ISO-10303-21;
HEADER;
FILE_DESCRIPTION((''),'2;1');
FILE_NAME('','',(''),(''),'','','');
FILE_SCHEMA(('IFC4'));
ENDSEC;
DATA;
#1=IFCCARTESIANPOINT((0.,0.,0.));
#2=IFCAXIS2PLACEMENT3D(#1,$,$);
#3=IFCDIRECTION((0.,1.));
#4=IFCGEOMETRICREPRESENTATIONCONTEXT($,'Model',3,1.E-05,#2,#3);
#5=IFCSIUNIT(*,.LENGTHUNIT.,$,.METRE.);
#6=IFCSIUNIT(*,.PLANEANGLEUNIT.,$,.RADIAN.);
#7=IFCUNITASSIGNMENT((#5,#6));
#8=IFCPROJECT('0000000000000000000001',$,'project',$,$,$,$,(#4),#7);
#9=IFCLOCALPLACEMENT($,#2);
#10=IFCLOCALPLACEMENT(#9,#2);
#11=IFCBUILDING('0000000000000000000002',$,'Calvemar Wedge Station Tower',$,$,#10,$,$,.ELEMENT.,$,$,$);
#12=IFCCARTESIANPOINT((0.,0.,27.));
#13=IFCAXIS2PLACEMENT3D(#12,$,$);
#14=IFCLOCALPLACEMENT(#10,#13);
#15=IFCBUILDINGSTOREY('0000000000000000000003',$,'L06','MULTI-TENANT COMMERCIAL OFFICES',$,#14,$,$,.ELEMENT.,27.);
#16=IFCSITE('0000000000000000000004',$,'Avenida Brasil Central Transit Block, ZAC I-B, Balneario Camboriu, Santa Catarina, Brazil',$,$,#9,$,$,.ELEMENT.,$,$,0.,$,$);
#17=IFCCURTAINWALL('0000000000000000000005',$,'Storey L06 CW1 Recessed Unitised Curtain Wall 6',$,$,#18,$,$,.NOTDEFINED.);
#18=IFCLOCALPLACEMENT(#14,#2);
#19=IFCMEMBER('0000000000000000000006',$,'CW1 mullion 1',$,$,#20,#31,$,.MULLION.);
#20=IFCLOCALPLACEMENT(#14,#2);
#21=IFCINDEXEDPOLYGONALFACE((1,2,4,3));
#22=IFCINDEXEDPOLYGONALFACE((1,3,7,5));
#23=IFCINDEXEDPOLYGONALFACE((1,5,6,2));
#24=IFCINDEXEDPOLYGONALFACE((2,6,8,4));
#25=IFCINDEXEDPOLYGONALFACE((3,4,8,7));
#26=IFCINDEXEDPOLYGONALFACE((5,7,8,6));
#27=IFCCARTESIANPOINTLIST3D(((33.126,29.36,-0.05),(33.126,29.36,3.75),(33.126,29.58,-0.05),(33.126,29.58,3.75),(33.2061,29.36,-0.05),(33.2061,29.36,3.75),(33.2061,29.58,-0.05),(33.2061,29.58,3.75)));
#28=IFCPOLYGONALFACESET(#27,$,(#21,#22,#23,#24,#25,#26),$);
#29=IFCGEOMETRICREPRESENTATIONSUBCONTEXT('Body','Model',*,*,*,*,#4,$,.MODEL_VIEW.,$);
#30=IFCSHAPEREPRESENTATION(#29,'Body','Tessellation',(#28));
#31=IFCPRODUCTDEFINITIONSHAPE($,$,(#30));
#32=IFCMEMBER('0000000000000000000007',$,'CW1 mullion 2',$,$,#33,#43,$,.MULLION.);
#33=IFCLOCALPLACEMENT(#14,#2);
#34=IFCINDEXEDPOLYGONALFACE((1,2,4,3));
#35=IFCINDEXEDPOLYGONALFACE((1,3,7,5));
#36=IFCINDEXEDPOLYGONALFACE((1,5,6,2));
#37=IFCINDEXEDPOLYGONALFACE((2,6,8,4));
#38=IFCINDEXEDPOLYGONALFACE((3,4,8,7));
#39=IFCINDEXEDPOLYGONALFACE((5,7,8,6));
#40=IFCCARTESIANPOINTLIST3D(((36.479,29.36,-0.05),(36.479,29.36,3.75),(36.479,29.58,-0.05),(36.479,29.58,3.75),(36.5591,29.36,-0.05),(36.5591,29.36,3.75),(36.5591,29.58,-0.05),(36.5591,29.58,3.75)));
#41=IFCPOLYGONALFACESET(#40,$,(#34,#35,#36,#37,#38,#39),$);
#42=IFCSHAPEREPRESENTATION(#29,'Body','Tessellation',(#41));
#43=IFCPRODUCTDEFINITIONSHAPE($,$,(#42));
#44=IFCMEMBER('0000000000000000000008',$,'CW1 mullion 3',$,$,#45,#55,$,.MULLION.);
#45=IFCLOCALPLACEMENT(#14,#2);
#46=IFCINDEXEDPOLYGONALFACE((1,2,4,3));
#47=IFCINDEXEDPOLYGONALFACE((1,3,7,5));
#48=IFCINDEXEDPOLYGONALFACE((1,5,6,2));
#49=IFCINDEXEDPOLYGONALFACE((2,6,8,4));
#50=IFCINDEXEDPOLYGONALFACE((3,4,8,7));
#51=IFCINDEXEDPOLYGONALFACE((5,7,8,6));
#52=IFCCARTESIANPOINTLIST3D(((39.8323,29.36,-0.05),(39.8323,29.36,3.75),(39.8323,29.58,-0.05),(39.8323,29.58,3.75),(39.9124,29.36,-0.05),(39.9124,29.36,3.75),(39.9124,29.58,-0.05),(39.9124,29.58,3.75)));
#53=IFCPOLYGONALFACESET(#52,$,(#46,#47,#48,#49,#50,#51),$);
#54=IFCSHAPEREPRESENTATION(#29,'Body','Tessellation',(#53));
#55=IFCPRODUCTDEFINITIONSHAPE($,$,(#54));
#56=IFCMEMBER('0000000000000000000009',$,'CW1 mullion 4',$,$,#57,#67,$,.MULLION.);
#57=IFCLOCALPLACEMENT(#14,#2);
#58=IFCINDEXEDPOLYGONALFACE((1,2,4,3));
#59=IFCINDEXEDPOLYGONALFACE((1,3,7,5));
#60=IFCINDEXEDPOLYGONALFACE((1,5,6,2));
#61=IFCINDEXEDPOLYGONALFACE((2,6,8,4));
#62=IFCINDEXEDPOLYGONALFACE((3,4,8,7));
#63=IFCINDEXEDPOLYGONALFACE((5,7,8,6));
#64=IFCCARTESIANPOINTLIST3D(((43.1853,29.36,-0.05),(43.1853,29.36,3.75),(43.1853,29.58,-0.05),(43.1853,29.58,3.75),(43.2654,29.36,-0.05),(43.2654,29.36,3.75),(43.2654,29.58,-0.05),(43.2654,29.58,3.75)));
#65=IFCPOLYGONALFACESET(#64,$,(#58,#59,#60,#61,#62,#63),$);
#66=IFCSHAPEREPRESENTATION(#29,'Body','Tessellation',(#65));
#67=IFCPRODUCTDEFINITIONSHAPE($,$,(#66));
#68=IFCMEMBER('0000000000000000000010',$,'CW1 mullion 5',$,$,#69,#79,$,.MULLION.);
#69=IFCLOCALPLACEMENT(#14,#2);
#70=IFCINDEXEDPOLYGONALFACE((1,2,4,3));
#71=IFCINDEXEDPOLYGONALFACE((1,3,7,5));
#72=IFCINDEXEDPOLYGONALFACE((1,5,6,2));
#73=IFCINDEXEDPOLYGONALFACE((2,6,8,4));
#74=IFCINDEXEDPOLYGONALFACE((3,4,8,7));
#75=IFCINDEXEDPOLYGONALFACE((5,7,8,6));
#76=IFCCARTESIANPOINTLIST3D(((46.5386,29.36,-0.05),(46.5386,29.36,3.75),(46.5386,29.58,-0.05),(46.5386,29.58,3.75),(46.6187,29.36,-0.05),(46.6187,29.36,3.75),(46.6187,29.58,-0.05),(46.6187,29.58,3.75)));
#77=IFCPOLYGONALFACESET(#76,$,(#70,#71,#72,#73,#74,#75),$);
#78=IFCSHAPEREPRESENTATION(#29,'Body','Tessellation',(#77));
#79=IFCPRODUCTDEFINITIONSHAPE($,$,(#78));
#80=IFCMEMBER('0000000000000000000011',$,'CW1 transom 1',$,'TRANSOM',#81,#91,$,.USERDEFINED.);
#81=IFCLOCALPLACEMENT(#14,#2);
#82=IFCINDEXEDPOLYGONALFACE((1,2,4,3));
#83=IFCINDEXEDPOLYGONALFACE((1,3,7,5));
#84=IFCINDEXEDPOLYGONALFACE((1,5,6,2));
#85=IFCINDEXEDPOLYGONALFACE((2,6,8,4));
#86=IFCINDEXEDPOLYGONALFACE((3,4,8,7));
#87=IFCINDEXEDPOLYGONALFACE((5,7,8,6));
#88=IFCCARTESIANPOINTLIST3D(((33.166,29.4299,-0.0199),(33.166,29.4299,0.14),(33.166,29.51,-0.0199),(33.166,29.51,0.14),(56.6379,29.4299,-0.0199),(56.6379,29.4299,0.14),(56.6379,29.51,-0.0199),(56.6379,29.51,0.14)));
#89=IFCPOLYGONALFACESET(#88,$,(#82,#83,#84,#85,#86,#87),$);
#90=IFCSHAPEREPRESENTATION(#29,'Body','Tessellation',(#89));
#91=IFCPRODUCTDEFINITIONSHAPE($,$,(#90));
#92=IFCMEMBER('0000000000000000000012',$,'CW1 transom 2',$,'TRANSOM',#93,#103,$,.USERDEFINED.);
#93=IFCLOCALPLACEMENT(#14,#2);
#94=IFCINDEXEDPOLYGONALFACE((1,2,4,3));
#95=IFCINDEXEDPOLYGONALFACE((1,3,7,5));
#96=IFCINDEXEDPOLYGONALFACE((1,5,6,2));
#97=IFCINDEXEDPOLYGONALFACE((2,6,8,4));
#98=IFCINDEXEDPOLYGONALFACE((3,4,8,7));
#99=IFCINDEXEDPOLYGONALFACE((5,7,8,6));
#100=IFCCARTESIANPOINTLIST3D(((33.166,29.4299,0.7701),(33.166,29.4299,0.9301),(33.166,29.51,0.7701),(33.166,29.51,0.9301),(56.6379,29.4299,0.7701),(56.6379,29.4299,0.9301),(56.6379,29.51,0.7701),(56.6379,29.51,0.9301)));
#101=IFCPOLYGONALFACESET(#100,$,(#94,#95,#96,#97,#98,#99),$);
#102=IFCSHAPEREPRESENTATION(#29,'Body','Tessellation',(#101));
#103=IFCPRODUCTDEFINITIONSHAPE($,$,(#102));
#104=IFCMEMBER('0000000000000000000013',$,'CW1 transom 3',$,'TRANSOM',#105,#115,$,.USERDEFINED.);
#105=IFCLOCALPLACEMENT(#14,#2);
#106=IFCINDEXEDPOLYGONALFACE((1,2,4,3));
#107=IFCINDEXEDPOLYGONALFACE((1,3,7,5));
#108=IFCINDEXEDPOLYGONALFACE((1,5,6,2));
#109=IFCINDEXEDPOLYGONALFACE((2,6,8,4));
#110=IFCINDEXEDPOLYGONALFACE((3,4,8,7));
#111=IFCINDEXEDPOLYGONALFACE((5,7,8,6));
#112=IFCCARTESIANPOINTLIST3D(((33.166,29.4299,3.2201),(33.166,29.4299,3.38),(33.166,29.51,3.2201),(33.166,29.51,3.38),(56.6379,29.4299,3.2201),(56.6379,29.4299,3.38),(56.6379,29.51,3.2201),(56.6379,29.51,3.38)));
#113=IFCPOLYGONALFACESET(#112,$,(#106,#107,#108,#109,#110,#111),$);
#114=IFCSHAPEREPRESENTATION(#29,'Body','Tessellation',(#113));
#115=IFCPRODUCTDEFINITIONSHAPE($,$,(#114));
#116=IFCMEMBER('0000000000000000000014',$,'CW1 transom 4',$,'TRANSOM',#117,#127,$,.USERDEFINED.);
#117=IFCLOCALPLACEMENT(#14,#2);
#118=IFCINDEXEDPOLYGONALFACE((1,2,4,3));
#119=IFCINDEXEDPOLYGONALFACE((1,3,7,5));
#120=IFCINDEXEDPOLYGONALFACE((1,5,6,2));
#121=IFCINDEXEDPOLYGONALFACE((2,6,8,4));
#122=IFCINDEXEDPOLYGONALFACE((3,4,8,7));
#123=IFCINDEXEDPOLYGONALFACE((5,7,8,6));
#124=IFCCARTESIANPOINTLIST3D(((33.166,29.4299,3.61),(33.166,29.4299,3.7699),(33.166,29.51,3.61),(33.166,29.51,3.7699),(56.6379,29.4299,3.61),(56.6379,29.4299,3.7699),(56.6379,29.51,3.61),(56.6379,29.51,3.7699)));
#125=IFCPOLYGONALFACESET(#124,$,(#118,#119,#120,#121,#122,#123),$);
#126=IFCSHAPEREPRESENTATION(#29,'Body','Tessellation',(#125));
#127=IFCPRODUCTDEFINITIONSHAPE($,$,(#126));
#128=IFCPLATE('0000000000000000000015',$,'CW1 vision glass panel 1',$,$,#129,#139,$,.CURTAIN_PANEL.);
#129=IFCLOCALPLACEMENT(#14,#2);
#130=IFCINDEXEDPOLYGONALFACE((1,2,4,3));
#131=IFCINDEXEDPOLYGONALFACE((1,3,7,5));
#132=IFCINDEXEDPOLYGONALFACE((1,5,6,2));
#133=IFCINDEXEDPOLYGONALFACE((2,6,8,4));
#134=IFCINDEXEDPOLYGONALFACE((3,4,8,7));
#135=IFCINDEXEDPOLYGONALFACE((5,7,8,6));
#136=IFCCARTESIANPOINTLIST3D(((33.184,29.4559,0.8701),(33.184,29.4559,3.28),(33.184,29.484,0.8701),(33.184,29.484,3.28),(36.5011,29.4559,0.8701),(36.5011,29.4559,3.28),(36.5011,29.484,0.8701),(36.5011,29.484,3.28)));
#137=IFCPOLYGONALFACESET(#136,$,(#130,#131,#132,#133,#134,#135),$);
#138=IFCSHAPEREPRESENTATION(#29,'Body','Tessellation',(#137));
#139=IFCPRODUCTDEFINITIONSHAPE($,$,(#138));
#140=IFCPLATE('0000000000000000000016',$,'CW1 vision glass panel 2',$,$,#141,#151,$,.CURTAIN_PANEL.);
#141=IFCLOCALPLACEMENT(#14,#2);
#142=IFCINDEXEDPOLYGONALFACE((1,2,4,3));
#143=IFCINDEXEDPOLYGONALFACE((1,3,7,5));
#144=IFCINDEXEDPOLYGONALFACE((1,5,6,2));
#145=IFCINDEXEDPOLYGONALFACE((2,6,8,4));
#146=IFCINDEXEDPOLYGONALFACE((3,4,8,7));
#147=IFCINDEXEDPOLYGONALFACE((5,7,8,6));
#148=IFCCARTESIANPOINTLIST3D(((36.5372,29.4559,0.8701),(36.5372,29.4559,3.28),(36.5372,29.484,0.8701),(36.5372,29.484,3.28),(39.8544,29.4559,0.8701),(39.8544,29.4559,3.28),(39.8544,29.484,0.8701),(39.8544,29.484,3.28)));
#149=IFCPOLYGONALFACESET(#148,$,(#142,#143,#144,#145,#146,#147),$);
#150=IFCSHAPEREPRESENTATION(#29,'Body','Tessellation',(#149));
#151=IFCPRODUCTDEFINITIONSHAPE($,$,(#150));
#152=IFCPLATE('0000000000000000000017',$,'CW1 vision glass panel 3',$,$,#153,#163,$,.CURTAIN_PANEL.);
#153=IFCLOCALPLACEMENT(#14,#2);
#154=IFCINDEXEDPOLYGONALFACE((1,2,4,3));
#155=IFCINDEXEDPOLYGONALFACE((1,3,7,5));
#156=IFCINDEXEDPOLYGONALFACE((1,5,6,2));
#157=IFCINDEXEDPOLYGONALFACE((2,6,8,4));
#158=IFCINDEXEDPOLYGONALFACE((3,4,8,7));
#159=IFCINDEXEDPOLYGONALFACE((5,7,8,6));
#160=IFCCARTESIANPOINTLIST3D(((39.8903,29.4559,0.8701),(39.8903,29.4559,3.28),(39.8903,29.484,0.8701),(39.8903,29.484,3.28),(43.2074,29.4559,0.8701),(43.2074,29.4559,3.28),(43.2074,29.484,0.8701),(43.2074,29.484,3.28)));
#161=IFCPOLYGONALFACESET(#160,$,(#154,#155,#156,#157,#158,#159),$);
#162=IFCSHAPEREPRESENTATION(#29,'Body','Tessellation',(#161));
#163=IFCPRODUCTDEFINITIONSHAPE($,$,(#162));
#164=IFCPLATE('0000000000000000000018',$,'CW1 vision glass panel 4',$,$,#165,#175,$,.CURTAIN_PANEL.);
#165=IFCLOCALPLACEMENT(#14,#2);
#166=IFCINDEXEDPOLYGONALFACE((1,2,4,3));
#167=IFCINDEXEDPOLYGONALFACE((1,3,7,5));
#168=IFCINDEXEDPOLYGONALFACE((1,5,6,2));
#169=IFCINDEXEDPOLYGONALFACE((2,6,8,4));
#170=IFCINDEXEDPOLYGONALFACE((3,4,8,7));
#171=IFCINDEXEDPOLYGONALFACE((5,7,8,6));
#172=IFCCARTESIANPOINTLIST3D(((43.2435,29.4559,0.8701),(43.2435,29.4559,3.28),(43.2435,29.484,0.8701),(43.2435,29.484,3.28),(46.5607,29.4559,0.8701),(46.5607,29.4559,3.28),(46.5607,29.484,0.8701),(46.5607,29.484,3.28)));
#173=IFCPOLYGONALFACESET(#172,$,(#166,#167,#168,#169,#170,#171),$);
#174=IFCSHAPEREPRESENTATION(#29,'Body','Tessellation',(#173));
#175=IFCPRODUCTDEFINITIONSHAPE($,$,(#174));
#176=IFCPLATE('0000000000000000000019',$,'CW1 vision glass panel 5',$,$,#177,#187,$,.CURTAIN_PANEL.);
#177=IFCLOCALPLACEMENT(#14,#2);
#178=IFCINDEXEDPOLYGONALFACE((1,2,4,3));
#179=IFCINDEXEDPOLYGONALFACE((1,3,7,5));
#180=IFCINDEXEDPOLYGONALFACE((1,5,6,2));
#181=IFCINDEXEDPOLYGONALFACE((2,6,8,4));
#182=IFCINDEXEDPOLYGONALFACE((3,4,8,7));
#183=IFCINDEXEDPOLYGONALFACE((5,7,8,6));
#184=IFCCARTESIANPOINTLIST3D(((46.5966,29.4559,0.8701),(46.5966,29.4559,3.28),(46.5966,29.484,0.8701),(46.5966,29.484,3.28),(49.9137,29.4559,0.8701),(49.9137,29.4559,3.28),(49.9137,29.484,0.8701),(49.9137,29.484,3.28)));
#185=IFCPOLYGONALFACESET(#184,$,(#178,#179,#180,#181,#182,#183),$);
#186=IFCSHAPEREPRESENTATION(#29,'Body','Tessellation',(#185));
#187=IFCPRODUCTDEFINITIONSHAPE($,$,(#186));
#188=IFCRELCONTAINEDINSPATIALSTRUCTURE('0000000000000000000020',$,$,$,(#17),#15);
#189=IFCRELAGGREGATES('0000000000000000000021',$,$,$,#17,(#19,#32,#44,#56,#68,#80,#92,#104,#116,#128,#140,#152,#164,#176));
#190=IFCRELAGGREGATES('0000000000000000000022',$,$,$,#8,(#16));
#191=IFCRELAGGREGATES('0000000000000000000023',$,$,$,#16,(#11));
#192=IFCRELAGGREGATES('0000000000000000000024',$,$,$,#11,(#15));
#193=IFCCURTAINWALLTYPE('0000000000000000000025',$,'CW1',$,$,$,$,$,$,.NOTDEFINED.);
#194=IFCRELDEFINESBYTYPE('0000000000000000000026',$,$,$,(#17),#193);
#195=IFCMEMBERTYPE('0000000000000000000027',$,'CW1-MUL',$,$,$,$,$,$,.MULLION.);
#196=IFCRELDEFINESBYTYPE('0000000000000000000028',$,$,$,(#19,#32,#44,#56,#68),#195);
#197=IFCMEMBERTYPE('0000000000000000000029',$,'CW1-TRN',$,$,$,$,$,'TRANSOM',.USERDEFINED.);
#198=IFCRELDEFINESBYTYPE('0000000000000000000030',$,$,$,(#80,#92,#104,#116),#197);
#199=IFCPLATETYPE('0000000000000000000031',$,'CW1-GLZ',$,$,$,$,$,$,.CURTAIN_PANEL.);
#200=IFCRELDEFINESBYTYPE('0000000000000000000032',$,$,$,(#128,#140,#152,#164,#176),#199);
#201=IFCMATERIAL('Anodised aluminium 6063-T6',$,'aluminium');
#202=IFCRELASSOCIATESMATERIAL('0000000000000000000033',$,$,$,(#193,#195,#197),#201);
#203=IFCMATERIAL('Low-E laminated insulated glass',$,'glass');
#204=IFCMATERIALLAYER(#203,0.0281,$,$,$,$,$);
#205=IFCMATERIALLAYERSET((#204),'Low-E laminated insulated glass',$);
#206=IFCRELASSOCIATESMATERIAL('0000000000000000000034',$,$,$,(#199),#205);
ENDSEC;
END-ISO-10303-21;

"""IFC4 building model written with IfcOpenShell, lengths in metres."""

from ifc_helpers import new_model, si_unit, direction, frame, frame_2d, origin, origin_2d, place, context, subcontext, project, spatial, rectangle, extrude, source, transform, mapped, material, layer, layer_set, material_profile, profile_set, type_object, element, aggregate, save


model = new_model("IFC4")

# Units and contexts
model_context = context("Model", 3, precision=1e-05, world=origin(), true_north=direction((0.0, 1.0)))
body_context = subcontext(model_context, "Body", "Model", "MODEL_VIEW")
ifc_project = project(units=[si_unit("LENGTHUNIT", "METRE"), si_unit("PLANEANGLEUNIT", "RADIAN")], contexts=[model_context])

# Site, building, storey
site_placement = place(None, origin())
site = spatial("IfcSite", under=ifc_project, at=site_placement, Name="Avenida Brasil Central Transit Block, ZAC I-B, Balneario Camboriu, Santa Catarina, Brazil", CompositionType="ELEMENT", RefElevation=0.0)
building_placement = place(site_placement, origin())
building = spatial("IfcBuilding", under=site, at=building_placement, Name="Calvemar Wedge Station Tower", CompositionType="ELEMENT")
storey_placement = place(building_placement, frame((0.0, 0.0, 27.0)))
storey = spatial("IfcBuildingStorey", under=building, at=storey_placement, Name="L06", Description="MULTI-TENANT COMMERCIAL OFFICES", CompositionType="ELEMENT", Elevation=27.0)

# Curtain wall, members, plates
ifc_material_1 = material(Name="Anodised aluminium 6063-T6", Category="aluminium")
curtain_wall_type = type_object("IfcCurtainWallType", Name="CW1", PredefinedType="NOTDEFINED", material=ifc_material_1)
curtain_wall_placement = place(storey_placement, origin())
curtain_wall = element("IfcCurtainWall", 1, at=curtain_wall_placement, inside=storey, type_object=curtain_wall_type, Name="Storey L06 CW1 Recessed Unitised Curtain Wall 6", PredefinedType="NOTDEFINED")
ifc_material_profile_1 = material_profile(ifc_material_1, rectangle(XDim=0.0801, YDim=0.22, at=origin_2d()), Name="AL-MUL-80x220")
ifc_profile_set_1 = profile_set([ifc_material_profile_1], Name="Anodised aluminium 6063-T6")
member_type_1 = type_object("IfcMemberType", Name="CW1-MUL", PredefinedType="MULLION", material=ifc_profile_set_1)
shared_shape_1 = source(origin(), body_context, "Body", "SweptSolid", [
    extrude(rectangle(XDim=0.0801, YDim=0.22, at=origin_2d()), origin(), (0.0, 0.0, 1.0), 3.8),
])
member_1_placement = place(storey_placement, frame((33.166, 29.47, -0.05), z_axis=(0.0, 0.0, 1.0), x_axis=(1.0, 0.0, 0.0)))
member_1 = element("IfcMember", 2, at=member_1_placement, type_object=member_type_1, Name="CW1 mullion 1", PredefinedType="MULLION", context=body_context, shape_type="MappedRepresentation", body=[
    mapped(shared_shape_1, transform((0.0, 0.0, 0.0), scale=1.0)),
])
member_2_placement = place(storey_placement, frame((36.519, 29.47, -0.05), z_axis=(0.0, 0.0, 1.0), x_axis=(1.0, 0.0, 0.0)))
member_2 = element("IfcMember", 3, at=member_2_placement, type_object=member_type_1, Name="CW1 mullion 2", PredefinedType="MULLION", context=body_context, shape_type="MappedRepresentation", body=[
    mapped(shared_shape_1, transform((0.0, 0.0, 0.0), scale=1.0)),
])
member_3_placement = place(storey_placement, frame((39.8723, 29.47, -0.05), z_axis=(0.0, 0.0, 1.0), x_axis=(1.0, 0.0, 0.0)))
member_3 = element("IfcMember", 4, at=member_3_placement, type_object=member_type_1, Name="CW1 mullion 3", PredefinedType="MULLION", context=body_context, shape_type="MappedRepresentation", body=[
    mapped(shared_shape_1, transform((0.0, 0.0, 0.0), scale=1.0)),
])
member_4_placement = place(storey_placement, frame((43.2253, 29.47, -0.05), z_axis=(0.0, 0.0, 1.0), x_axis=(1.0, 0.0, 0.0)))
member_4 = element("IfcMember", 5, at=member_4_placement, type_object=member_type_1, Name="CW1 mullion 4", PredefinedType="MULLION", context=body_context, shape_type="MappedRepresentation", body=[
    mapped(shared_shape_1, transform((0.0, 0.0, 0.0), scale=1.0)),
])
member_5_placement = place(storey_placement, frame((46.5786, 29.47, -0.05), z_axis=(0.0, 0.0, 1.0), x_axis=(1.0, 0.0, 0.0)))
member_5 = element("IfcMember", 6, at=member_5_placement, type_object=member_type_1, Name="CW1 mullion 5", PredefinedType="MULLION", context=body_context, shape_type="MappedRepresentation", body=[
    mapped(shared_shape_1, transform((0.0, 0.0, 0.0), scale=1.0)),
])
ifc_material_profile_2 = material_profile(ifc_material_1, rectangle(XDim=0.0801, YDim=0.1599, at=origin_2d()), Name="AL-TRN-80x160")
ifc_profile_set_2 = profile_set([ifc_material_profile_2], Name="Anodised aluminium 6063-T6")
member_type_2 = type_object("IfcMemberType", Name="CW1-TRN", ElementType="TRANSOM", PredefinedType="USERDEFINED", material=ifc_profile_set_2)
shared_shape_2 = source(origin(), body_context, "Body", "SweptSolid", [
    extrude(rectangle(XDim=0.0801, YDim=0.1599, at=origin_2d()), origin(), (0.0, 0.0, 1.0), 23.4719),
])
member_6_placement = place(storey_placement, frame((33.166, 29.47, 0.0601), z_axis=(1.0, 0.0, 0.0), x_axis=(0.0, 1.0, 0.0)))
member_6 = element("IfcMember", 7, at=member_6_placement, type_object=member_type_2, Name="CW1 transom 1", ObjectType="TRANSOM", PredefinedType="USERDEFINED", context=body_context, shape_type="MappedRepresentation", body=[
    mapped(shared_shape_2, transform((0.0, 0.0, 0.0), scale=1.0)),
])
member_7_placement = place(storey_placement, frame((33.166, 29.47, 0.8501), z_axis=(1.0, 0.0, 0.0), x_axis=(0.0, 1.0, 0.0)))
member_7 = element("IfcMember", 8, at=member_7_placement, type_object=member_type_2, Name="CW1 transom 2", ObjectType="TRANSOM", PredefinedType="USERDEFINED", context=body_context, shape_type="MappedRepresentation", body=[
    mapped(shared_shape_2, transform((0.0, 0.0, 0.0), scale=1.0)),
])
member_8_placement = place(storey_placement, frame((33.166, 29.47, 3.3), z_axis=(1.0, 0.0, 0.0), x_axis=(0.0, 1.0, 0.0)))
member_8 = element("IfcMember", 9, at=member_8_placement, type_object=member_type_2, Name="CW1 transom 3", ObjectType="TRANSOM", PredefinedType="USERDEFINED", context=body_context, shape_type="MappedRepresentation", body=[
    mapped(shared_shape_2, transform((0.0, 0.0, 0.0), scale=1.0)),
])
member_9_placement = place(storey_placement, frame((33.166, 29.47, 3.6899), z_axis=(1.0, 0.0, 0.0), x_axis=(0.0, 1.0, 0.0)))
member_9 = element("IfcMember", 10, at=member_9_placement, type_object=member_type_2, Name="CW1 transom 4", ObjectType="TRANSOM", PredefinedType="USERDEFINED", context=body_context, shape_type="MappedRepresentation", body=[
    mapped(shared_shape_2, transform((0.0, 0.0, 0.0), scale=1.0)),
])
ifc_material_2 = material(Name="Low-E laminated insulated glass", Category="glass")
ifc_layer_1 = layer(ifc_material_2, 0.0281)
ifc_layer_set_1 = layer_set([ifc_layer_1], Name="Low-E laminated insulated glass")
plate_type_1 = type_object("IfcPlateType", Name="CW1-GLZ", PredefinedType="CURTAIN_PANEL", material=ifc_layer_set_1)
plate_1_placement = place(storey_placement, frame((33.1838, 29.47, 0.8701), z_axis=(0.0, 0.0, 1.0), x_axis=(1.0, 0.0, 0.0)))
plate_1 = element("IfcPlate", 11, at=plate_1_placement, type_object=plate_type_1, Name="CW1 vision glass panel 1", PredefinedType="CURTAIN_PANEL", context=body_context, shape_type="SweptSolid", body=[
    extrude(rectangle(XDim=3.3171, YDim=0.0281, at=frame_2d((1.6587, 0.0))), origin(), (0.0, 0.0, 1.0), 2.4099),
])
plate_2_placement = place(storey_placement, frame((36.5371, 29.47, 0.8701), z_axis=(0.0, 0.0, 1.0), x_axis=(1.0, 0.0, 0.0)))
plate_2 = element("IfcPlate", 12, at=plate_2_placement, type_object=plate_type_1, Name="CW1 vision glass panel 2", PredefinedType="CURTAIN_PANEL", context=body_context, shape_type="SweptSolid", body=[
    extrude(rectangle(XDim=3.3171, YDim=0.0281, at=frame_2d((1.6587, 0.0))), origin(), (0.0, 0.0, 1.0), 2.4099),
])
plate_3_placement = place(storey_placement, frame((39.8901, 29.47, 0.8701), z_axis=(0.0, 0.0, 1.0), x_axis=(1.0, 0.0, 0.0)))
plate_3 = element("IfcPlate", 13, at=plate_3_placement, type_object=plate_type_1, Name="CW1 vision glass panel 3", PredefinedType="CURTAIN_PANEL", context=body_context, shape_type="SweptSolid", body=[
    extrude(rectangle(XDim=3.3171, YDim=0.0281, at=frame_2d((1.6587, 0.0))), origin(), (0.0, 0.0, 1.0), 2.4099),
])
plate_4_placement = place(storey_placement, frame((43.2434, 29.47, 0.8701), z_axis=(0.0, 0.0, 1.0), x_axis=(1.0, 0.0, 0.0)))
plate_4 = element("IfcPlate", 14, at=plate_4_placement, type_object=plate_type_1, Name="CW1 vision glass panel 4", PredefinedType="CURTAIN_PANEL", context=body_context, shape_type="SweptSolid", body=[
    extrude(rectangle(XDim=3.3171, YDim=0.0281, at=frame_2d((1.6587, 0.0))), origin(), (0.0, 0.0, 1.0), 2.4099),
])
plate_5_placement = place(storey_placement, frame((46.5964, 29.47, 0.8701), z_axis=(0.0, 0.0, 1.0), x_axis=(1.0, 0.0, 0.0)))
plate_5 = element("IfcPlate", 15, at=plate_5_placement, type_object=plate_type_1, Name="CW1 vision glass panel 5", PredefinedType="CURTAIN_PANEL", context=body_context, shape_type="SweptSolid", body=[
    extrude(rectangle(XDim=3.3171, YDim=0.0281, at=frame_2d((1.6587, 0.0))), origin(), (0.0, 0.0, 1.0), 2.4099),
])
aggregate(curtain_wall, [member_1, member_2, member_3, member_4, member_5, member_6, member_7, member_8, member_9, plate_1, plate_2, plate_3, plate_4, plate_5])

save(model, "model.ifc")
